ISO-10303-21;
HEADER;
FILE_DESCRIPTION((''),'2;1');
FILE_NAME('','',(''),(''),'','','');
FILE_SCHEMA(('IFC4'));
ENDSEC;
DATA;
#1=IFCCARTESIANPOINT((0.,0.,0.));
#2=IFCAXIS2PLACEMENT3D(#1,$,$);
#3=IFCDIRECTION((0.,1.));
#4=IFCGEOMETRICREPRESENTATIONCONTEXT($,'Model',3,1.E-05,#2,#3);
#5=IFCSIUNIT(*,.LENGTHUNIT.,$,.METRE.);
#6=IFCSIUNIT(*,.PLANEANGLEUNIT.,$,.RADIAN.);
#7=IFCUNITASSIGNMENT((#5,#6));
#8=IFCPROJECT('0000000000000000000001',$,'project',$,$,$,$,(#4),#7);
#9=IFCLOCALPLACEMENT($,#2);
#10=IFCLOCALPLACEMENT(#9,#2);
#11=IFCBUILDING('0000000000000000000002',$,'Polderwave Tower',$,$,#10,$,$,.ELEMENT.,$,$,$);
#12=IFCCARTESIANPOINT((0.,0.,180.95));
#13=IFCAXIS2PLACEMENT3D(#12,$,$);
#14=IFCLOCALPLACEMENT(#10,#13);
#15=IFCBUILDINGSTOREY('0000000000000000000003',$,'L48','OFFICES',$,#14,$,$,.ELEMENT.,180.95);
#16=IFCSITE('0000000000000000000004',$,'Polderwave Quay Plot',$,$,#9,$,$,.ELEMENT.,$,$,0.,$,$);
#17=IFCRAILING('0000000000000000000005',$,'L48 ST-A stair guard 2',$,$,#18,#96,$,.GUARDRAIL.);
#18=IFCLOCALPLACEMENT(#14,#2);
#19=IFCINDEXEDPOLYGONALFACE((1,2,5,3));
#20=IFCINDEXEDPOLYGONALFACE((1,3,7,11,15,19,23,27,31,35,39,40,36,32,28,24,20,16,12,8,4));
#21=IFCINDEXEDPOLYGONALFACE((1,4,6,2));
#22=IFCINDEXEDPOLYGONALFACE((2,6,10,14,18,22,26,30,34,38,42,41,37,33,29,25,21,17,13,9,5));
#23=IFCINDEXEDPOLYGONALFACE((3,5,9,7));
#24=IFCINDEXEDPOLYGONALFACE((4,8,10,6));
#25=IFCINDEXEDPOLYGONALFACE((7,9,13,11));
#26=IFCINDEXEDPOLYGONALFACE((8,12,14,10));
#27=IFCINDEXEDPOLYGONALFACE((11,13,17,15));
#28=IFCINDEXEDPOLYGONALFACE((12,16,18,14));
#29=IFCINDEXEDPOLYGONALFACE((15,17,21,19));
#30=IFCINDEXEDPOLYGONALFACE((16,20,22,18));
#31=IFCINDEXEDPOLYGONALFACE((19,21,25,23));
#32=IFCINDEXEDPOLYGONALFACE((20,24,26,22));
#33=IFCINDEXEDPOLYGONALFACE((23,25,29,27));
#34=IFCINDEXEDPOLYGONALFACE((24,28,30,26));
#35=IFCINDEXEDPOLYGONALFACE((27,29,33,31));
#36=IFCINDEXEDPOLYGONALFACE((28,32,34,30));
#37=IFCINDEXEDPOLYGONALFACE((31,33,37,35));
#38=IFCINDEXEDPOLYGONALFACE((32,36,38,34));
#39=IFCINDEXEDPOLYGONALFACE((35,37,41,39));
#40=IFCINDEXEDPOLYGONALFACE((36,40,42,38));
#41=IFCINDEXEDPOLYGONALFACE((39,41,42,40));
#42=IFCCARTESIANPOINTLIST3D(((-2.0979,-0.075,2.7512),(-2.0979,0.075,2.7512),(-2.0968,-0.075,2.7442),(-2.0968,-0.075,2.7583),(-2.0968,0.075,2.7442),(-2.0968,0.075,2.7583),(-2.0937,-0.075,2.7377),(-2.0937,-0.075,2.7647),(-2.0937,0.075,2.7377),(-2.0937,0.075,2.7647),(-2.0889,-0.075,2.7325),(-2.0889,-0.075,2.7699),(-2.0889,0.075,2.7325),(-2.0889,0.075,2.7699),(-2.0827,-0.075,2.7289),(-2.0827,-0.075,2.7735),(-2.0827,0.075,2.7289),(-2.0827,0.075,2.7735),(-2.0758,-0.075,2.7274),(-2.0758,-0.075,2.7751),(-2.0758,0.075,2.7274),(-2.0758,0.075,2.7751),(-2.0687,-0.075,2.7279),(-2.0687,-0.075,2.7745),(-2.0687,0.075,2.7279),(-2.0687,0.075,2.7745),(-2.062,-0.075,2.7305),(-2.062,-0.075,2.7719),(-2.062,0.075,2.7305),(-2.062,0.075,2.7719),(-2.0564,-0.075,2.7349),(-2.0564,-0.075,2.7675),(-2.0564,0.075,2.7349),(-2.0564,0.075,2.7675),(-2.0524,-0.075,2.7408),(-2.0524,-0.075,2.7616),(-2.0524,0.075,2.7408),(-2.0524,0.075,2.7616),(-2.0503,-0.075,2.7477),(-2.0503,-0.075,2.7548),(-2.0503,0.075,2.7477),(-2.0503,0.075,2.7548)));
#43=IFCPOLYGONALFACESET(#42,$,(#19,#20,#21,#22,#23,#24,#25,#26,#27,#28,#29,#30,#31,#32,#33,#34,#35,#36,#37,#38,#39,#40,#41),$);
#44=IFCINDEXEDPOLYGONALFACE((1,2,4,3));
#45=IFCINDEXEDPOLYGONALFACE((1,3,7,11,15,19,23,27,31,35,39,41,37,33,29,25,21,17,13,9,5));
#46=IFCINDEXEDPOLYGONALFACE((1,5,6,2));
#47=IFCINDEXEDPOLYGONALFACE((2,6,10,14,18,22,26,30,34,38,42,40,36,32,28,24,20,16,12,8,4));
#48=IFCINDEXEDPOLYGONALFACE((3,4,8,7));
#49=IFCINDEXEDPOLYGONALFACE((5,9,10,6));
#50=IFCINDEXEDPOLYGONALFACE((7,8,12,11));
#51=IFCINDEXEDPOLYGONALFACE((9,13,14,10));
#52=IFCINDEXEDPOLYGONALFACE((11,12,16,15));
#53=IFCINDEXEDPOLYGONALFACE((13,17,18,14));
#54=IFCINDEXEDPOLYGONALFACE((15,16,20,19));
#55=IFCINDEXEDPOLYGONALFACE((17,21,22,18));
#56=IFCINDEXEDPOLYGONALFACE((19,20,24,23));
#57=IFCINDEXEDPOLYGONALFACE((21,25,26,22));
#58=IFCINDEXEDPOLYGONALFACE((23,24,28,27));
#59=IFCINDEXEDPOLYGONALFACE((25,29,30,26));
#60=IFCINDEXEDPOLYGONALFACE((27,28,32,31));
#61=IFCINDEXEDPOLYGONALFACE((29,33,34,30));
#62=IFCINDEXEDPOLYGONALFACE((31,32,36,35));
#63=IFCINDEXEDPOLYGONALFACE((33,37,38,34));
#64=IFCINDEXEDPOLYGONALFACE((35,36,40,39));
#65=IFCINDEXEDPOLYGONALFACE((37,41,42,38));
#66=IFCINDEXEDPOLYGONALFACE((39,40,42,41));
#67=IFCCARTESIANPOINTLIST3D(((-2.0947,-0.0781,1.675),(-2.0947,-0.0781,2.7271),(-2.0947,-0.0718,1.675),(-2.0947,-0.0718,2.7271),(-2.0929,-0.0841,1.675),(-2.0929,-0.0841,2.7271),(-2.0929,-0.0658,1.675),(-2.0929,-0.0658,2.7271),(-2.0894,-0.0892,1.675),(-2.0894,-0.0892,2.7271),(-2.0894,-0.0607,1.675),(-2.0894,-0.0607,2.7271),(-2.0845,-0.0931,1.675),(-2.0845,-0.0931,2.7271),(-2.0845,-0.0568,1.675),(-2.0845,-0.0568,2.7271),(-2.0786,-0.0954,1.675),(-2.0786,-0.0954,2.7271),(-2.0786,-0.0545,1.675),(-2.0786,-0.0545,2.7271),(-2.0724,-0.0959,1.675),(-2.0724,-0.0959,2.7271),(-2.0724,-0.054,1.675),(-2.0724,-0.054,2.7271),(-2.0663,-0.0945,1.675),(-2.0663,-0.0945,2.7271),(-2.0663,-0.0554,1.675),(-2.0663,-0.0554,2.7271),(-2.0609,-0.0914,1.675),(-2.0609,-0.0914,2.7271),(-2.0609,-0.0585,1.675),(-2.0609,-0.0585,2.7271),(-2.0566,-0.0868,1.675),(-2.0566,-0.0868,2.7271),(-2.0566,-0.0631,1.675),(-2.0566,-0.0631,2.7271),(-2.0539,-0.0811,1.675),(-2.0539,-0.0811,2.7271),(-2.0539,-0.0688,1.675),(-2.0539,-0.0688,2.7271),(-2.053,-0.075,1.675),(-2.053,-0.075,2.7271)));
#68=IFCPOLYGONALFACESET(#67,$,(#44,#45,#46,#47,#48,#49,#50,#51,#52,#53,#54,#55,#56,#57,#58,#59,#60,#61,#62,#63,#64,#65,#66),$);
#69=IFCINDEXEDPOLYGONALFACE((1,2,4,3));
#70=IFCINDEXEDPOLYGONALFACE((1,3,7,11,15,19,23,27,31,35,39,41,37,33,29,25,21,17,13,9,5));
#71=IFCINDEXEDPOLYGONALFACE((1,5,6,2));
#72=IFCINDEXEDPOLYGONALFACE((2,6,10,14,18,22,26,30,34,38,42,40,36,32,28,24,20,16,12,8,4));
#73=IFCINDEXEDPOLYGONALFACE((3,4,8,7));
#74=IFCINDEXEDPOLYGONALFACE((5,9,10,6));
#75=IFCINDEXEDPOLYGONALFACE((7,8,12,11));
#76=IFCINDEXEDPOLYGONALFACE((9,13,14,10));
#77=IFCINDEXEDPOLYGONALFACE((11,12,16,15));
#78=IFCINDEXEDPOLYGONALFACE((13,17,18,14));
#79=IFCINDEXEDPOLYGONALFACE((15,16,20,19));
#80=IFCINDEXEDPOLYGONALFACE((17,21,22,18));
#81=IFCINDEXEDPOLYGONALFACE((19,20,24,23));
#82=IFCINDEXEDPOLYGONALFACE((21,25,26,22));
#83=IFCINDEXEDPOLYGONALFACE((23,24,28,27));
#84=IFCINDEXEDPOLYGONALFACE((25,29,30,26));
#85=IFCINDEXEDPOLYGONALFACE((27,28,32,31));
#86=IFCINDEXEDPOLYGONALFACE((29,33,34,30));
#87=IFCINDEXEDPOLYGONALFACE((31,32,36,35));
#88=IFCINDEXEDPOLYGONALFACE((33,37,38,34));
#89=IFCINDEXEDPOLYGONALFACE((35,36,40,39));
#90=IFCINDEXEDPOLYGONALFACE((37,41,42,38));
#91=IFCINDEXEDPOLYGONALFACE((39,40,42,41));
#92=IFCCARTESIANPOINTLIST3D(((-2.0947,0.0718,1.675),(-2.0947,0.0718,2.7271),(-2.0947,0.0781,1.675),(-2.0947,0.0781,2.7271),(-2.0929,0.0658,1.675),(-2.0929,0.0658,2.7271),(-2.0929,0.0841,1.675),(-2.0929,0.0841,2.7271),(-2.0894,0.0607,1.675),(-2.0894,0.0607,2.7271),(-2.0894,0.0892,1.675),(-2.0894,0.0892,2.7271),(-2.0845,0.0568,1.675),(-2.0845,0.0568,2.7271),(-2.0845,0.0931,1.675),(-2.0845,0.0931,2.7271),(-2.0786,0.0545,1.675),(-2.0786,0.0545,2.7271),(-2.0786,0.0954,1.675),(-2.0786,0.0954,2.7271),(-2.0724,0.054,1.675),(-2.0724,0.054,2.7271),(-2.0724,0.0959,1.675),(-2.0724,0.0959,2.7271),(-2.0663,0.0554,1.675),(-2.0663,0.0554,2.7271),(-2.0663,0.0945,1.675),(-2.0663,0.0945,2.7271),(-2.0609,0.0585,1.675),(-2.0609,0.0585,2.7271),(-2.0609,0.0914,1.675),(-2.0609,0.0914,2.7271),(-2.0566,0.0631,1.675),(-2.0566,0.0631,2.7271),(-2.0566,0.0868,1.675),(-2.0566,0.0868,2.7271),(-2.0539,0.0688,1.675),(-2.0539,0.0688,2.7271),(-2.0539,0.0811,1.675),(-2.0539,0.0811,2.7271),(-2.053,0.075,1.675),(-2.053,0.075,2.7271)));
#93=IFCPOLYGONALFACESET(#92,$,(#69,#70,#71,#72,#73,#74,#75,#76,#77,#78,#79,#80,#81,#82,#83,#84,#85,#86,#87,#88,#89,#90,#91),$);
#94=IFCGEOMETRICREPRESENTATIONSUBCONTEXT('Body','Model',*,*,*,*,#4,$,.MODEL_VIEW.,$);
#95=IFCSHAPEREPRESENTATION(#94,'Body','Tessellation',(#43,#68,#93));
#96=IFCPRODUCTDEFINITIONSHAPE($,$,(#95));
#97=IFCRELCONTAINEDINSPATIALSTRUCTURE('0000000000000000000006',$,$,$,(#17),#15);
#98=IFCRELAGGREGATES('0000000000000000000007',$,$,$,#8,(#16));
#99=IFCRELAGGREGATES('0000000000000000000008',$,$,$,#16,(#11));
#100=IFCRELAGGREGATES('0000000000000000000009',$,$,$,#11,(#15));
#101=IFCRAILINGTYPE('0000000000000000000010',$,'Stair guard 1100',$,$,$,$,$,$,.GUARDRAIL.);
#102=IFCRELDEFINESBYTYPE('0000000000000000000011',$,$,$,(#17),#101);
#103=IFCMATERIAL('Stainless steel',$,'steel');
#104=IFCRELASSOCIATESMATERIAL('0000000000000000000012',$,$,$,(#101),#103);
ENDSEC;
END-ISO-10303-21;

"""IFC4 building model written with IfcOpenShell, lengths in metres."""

from ifc_helpers import new_model, si_unit, direction, frame, origin, origin_2d, place, context, subcontext, project, spatial, circle, extrude, material, type_object, element, save


model = new_model("IFC4")

# Units and contexts
model_context = context("Model", 3, precision=1e-05, world=origin(), true_north=direction((0.0, 1.0)))
body_context = subcontext(model_context, "Body", "Model", "MODEL_VIEW")
ifc_project = project(units=[si_unit("LENGTHUNIT", "METRE"), si_unit("PLANEANGLEUNIT", "RADIAN")], contexts=[model_context])

# Site, building, storey
site_placement = place(None, origin())
site = spatial("IfcSite", under=ifc_project, at=site_placement, Name="Polderwave Quay Plot", CompositionType="ELEMENT", RefElevation=0.0)
building_placement = place(site_placement, origin())
building = spatial("IfcBuilding", under=site, at=building_placement, Name="Polderwave Tower", CompositionType="ELEMENT")
storey_placement = place(building_placement, frame((0.0, 0.0, 180.95)))
storey = spatial("IfcBuildingStorey", under=building, at=storey_placement, Name="L48", Description="OFFICES", CompositionType="ELEMENT", Elevation=180.95)

# Railing
ifc_material_1 = material(Name="Stainless steel", Category="steel")
railing_type = type_object("IfcRailingType", Name="Stair guard 1100", PredefinedType="GUARDRAIL", material=ifc_material_1)
railing_1_placement = place(storey_placement, frame((-2.074, -0.075, 1.675)))
element("IfcRailing", 1, at=railing_1_placement, inside=storey, type_object=railing_type, Name="L48 ST-A stair guard 2", PredefinedType="GUARDRAIL", context=body_context, shape_type="SweptSolid", body=[
    extrude(circle(Radius=0.0239, at=origin_2d()), frame((0.0, 0.0, 1.0762), z_axis=(0.0, 1.0, 0.0), x_axis=(-1.0, 0.0, 0.0)), (0.0, 0.0, 1.0), 0.1499),
    extrude(circle(Radius=0.021, at=origin_2d()), origin(), (0.0, 0.0, 1.0), 1.052),
    extrude(circle(Radius=0.021, at=origin_2d()), frame((0.0, 0.1499, 0.0)), (0.0, 0.0, 1.0), 1.052),
])

save(model, "model.ifc")
